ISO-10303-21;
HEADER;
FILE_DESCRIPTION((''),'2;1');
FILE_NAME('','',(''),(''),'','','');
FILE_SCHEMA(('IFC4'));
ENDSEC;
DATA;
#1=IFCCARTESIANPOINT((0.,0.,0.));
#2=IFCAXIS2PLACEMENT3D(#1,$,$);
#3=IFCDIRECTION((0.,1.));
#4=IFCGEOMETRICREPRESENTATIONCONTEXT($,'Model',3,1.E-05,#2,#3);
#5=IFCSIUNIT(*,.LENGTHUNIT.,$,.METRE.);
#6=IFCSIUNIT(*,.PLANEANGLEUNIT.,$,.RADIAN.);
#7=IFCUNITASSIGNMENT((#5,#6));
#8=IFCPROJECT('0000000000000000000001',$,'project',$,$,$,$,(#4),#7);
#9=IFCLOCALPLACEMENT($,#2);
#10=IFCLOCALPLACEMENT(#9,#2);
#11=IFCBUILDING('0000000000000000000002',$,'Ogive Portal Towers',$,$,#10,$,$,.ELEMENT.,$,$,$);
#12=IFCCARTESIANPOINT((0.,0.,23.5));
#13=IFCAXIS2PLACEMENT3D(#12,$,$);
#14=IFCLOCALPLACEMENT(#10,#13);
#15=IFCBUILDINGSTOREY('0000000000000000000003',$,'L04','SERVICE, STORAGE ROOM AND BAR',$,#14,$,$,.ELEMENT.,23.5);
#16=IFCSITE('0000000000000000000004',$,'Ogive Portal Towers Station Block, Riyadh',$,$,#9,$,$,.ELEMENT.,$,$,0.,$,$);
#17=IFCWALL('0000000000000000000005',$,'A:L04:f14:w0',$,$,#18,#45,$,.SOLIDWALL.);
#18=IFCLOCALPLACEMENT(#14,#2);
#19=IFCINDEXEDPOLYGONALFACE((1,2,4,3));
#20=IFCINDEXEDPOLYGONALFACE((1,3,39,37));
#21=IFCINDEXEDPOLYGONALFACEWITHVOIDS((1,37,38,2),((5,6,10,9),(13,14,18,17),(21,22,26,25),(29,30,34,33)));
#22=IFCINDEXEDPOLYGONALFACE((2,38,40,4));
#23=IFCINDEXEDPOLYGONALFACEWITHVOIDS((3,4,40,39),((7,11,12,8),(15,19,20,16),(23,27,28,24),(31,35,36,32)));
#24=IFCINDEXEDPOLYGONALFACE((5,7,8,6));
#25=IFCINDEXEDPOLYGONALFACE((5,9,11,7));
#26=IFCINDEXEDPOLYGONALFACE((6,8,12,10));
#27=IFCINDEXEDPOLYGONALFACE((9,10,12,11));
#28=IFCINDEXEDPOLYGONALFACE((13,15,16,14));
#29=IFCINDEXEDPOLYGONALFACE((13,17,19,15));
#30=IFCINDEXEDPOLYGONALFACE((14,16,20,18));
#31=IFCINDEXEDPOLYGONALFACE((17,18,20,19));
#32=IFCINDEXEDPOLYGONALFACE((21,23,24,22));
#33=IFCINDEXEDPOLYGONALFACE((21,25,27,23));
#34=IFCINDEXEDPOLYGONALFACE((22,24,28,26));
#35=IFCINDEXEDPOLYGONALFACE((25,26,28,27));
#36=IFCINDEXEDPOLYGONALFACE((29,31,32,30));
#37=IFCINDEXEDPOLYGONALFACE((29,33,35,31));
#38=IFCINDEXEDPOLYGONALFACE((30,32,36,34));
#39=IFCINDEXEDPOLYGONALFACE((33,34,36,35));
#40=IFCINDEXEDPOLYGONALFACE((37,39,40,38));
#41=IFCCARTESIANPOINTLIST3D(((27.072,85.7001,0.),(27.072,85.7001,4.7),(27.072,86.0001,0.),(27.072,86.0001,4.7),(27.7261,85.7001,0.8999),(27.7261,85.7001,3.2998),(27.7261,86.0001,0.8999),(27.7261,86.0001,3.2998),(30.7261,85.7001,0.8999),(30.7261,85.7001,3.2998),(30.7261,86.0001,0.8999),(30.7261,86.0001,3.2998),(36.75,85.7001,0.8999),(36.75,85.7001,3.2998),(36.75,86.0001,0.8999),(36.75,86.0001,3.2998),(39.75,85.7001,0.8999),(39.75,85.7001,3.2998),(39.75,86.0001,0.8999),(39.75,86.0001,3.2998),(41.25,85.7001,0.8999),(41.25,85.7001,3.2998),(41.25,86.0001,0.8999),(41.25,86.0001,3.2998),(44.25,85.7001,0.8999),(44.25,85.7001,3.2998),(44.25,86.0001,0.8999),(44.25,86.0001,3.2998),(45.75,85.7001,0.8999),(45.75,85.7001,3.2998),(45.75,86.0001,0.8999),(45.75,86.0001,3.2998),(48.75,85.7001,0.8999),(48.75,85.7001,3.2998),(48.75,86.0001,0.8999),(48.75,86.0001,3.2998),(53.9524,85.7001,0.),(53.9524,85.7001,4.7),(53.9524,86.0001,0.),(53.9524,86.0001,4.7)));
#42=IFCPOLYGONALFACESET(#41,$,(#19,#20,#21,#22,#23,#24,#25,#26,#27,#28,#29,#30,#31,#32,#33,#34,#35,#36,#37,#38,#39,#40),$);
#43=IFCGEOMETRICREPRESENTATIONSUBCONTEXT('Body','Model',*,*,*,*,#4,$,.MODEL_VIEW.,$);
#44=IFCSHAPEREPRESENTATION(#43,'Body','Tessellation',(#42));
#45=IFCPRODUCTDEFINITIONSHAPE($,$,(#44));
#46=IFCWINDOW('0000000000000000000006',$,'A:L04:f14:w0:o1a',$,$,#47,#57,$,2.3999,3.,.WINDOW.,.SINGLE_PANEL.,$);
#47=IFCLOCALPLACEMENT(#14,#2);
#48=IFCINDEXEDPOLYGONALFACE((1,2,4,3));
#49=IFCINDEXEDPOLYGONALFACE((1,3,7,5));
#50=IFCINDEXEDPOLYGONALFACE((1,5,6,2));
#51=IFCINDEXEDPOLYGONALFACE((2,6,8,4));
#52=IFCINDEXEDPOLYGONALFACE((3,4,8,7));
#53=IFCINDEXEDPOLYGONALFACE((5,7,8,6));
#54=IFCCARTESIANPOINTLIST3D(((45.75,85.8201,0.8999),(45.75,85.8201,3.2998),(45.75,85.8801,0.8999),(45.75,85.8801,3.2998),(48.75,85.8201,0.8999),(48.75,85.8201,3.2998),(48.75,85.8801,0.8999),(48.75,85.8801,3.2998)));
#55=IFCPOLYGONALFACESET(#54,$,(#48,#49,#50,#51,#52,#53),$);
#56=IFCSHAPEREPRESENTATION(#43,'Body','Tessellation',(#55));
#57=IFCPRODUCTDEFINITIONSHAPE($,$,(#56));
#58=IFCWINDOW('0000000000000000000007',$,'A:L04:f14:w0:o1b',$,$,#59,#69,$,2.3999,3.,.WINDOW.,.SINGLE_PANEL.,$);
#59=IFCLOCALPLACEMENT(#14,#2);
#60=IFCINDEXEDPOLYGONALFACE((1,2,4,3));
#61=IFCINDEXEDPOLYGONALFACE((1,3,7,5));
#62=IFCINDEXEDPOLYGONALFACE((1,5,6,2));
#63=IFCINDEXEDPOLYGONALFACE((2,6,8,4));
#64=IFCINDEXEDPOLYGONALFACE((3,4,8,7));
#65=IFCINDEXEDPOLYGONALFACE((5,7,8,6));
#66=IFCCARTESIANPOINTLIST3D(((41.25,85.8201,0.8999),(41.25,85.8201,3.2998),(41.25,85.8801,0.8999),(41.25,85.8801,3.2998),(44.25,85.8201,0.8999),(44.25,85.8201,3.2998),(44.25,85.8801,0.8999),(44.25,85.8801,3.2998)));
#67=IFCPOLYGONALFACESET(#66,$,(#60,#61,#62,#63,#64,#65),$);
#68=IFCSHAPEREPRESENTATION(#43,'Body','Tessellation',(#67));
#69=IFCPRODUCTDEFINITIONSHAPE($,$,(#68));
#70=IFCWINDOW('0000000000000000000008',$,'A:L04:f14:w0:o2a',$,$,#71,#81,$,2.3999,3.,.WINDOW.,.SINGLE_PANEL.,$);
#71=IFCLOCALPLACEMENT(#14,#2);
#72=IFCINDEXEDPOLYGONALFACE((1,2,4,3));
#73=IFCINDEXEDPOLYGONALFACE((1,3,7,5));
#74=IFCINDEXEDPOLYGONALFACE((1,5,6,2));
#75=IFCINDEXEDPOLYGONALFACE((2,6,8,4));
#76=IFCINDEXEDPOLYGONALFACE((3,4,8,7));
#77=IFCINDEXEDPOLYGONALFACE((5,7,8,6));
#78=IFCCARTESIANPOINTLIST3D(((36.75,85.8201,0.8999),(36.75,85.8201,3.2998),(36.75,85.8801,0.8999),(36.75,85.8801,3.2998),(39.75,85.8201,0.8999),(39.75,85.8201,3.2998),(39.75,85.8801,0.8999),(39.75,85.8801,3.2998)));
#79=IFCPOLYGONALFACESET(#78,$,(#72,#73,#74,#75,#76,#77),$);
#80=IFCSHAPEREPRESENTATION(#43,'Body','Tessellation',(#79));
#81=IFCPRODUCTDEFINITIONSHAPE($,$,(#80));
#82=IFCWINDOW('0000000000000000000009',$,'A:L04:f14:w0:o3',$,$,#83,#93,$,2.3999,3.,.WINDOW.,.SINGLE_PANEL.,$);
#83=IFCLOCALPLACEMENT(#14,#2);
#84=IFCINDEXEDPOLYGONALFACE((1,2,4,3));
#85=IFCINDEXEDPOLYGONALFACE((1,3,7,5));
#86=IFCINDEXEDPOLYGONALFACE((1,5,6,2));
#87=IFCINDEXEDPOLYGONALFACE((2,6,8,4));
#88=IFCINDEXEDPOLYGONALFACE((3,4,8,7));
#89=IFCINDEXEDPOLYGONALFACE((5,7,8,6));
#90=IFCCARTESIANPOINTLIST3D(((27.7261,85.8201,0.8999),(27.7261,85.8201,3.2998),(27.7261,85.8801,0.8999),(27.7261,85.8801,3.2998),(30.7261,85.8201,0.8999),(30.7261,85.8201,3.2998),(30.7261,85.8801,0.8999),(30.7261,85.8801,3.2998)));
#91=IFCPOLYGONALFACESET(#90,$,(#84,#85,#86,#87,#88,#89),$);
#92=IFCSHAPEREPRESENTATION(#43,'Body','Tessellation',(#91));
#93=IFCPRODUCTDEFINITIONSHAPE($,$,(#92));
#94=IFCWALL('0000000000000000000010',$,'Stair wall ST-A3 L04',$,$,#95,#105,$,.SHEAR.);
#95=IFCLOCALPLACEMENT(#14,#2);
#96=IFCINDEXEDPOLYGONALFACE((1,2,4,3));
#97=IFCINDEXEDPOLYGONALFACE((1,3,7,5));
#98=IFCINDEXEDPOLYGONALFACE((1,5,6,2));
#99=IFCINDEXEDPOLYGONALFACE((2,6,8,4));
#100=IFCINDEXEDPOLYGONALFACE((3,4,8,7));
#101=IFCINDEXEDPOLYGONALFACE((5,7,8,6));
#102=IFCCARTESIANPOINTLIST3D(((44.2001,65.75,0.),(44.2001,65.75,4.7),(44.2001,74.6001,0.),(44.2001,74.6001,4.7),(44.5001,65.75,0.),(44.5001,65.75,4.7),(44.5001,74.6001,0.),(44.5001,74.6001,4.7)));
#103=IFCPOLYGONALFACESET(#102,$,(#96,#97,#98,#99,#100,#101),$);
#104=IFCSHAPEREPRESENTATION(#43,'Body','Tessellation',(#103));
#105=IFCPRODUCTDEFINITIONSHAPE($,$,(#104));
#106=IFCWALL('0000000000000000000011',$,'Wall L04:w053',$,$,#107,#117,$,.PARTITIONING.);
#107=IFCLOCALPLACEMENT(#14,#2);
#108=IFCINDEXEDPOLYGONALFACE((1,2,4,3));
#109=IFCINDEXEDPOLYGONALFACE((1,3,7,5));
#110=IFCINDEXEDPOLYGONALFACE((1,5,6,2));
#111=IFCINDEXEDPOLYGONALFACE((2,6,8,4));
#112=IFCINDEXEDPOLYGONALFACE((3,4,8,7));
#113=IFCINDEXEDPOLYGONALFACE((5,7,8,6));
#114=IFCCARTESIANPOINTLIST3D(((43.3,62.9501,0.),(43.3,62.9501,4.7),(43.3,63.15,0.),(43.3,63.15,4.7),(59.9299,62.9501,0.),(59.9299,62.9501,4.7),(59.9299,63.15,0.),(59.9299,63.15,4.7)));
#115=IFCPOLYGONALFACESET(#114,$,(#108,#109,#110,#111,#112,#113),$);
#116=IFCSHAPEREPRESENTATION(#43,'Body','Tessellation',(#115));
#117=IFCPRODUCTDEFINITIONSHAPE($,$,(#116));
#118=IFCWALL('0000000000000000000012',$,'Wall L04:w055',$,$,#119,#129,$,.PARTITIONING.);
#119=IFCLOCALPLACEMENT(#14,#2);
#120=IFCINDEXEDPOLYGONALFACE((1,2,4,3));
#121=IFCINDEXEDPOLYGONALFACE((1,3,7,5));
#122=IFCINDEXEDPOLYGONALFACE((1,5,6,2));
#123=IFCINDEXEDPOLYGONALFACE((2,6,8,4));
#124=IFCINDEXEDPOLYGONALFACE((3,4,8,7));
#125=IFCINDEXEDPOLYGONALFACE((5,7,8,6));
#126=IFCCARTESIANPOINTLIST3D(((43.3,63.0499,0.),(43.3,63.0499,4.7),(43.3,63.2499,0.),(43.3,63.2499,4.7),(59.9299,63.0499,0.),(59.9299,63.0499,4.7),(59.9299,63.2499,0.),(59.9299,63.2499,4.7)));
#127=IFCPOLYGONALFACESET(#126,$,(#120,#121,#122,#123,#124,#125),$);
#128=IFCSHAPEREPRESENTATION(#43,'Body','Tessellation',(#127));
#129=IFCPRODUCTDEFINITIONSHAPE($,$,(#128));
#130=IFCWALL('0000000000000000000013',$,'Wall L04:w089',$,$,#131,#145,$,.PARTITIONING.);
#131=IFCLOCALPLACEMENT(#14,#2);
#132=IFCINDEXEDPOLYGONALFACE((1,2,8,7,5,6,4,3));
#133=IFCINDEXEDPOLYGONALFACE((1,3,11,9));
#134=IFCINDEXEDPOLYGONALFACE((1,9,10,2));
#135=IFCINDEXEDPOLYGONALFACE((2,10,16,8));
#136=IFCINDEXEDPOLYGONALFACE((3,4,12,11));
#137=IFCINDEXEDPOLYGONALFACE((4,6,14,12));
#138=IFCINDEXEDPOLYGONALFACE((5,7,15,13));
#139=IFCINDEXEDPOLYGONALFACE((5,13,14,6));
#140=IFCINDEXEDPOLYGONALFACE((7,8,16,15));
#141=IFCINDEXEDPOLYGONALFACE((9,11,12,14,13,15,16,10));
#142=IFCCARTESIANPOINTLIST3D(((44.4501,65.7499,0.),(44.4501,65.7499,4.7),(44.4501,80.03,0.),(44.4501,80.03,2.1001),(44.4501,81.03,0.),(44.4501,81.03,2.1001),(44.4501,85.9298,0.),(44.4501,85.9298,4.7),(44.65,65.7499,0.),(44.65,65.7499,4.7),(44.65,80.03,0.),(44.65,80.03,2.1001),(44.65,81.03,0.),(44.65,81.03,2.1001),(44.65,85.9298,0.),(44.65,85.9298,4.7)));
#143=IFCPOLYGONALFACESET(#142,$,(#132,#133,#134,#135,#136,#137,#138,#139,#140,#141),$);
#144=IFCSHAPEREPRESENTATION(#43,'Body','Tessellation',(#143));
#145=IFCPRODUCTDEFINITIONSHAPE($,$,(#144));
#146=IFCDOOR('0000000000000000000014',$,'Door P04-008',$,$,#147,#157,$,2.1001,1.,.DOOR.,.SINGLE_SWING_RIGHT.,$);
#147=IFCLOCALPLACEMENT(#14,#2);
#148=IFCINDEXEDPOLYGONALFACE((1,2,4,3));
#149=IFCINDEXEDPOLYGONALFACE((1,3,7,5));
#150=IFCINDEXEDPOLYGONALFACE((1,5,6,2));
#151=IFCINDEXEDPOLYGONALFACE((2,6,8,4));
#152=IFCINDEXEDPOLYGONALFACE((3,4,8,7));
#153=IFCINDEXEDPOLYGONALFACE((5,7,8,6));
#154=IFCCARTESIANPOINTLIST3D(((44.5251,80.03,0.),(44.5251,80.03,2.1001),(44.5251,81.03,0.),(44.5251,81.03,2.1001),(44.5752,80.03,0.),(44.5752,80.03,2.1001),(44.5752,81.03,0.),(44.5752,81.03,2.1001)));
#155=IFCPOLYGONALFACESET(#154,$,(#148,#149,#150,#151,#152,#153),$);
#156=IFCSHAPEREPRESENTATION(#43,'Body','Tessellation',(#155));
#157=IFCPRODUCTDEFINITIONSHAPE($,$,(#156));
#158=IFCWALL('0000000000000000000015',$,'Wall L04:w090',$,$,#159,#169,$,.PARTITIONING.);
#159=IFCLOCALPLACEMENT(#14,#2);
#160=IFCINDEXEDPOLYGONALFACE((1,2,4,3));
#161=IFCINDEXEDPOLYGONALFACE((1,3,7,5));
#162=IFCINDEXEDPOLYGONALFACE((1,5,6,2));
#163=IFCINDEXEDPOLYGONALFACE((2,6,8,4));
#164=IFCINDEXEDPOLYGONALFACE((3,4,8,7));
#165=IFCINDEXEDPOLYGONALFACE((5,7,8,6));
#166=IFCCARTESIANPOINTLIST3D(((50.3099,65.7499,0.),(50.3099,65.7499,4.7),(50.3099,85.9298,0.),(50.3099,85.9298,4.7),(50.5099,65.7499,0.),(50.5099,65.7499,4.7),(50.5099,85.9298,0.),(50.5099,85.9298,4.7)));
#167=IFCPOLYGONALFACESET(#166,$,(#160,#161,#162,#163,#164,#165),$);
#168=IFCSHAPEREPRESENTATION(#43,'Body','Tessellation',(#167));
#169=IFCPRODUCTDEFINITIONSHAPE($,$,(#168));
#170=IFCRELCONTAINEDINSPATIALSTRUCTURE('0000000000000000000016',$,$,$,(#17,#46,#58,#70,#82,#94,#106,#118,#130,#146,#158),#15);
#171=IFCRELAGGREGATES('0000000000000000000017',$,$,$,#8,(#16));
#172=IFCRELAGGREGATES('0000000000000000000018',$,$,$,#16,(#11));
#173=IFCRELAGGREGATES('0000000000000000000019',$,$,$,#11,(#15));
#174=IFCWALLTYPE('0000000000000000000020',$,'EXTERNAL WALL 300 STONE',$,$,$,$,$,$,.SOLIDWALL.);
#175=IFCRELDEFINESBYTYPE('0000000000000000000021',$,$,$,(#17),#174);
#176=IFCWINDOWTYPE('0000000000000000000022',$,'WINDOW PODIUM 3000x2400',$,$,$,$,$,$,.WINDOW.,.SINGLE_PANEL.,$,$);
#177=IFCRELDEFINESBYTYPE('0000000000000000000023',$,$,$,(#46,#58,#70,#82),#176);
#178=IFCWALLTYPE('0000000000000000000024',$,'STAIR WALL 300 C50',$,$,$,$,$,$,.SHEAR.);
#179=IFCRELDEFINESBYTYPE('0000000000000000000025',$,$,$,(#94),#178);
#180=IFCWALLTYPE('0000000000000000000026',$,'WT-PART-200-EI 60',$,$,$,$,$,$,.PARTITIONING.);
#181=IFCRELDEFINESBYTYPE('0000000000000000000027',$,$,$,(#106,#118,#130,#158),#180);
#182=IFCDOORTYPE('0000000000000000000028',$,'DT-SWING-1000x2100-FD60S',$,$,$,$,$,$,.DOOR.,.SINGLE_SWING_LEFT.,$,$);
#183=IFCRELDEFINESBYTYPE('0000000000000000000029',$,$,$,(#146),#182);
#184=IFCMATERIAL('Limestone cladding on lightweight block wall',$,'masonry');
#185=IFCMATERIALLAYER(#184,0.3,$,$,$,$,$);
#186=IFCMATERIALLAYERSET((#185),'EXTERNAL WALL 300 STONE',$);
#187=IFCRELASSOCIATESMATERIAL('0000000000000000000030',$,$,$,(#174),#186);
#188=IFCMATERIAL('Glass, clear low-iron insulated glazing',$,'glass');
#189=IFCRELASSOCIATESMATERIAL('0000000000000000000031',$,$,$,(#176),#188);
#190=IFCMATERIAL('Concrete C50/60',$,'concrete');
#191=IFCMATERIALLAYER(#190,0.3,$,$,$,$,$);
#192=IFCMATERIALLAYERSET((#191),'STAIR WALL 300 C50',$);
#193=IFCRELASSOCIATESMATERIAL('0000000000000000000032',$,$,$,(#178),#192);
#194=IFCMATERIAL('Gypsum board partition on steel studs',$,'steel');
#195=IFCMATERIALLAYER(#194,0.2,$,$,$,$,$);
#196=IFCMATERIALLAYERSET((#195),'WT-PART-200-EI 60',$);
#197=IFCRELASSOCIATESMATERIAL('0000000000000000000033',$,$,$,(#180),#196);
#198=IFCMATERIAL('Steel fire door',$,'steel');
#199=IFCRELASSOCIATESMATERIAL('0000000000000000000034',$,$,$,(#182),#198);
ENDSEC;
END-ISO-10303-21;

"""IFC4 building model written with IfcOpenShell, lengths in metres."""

from ifc_helpers import new_model, si_unit, direction, frame, frame_2d, origin, place, context, subcontext, project, spatial, rectangle, extrude, material, layer, layer_set, type_object, element, fill, save


model = new_model("IFC4")

# Units and contexts
model_context = context("Model", 3, precision=1e-05, world=origin(), true_north=direction((0.0, 1.0)))
body_context = subcontext(model_context, "Body", "Model", "MODEL_VIEW")
ifc_project = project(units=[si_unit("LENGTHUNIT", "METRE"), si_unit("PLANEANGLEUNIT", "RADIAN")], contexts=[model_context])

# Site, building, storey
site_placement = place(None, origin())
site = spatial("IfcSite", under=ifc_project, at=site_placement, Name="Ogive Portal Towers Station Block, Riyadh", CompositionType="ELEMENT", RefElevation=0.0)
building_placement = place(site_placement, origin())
building = spatial("IfcBuilding", under=site, at=building_placement, Name="Ogive Portal Towers", CompositionType="ELEMENT")
storey_placement = place(building_placement, frame((0.0, 0.0, 23.5)))
storey = spatial("IfcBuildingStorey", under=building, at=storey_placement, Name="L04", Description="SERVICE, STORAGE ROOM AND BAR", CompositionType="ELEMENT", Elevation=23.5)

# Shared definitions
ifc_material_1 = material(Name="Concrete C50/60", Category="concrete")

# Shared definitions
ifc_material_2 = material(Name="Limestone cladding on lightweight block wall", Category="masonry")
ifc_layer_1 = layer(ifc_material_2, 0.3)
ifc_layer_set_1 = layer_set([ifc_layer_1], Name="EXTERNAL WALL 300 STONE")
wall_type_1 = type_object("IfcWallType", Name="EXTERNAL WALL 300 STONE", PredefinedType="SOLIDWALL", material=ifc_layer_set_1)

# Wall, openings, windows
wall_1_placement = place(storey_placement, frame((53.9524, 85.8501, 0.0), z_axis=(0.0, 0.0, 1.0), x_axis=(-1.0, 0.0, 0.0)))
wall_1 = element("IfcWall", 1, at=wall_1_placement, inside=storey, type_object=wall_type_1, Name="A:L04:f14:w0", PredefinedType="SOLIDWALL", context=body_context, shape_type="SweptSolid", body=[
    extrude(rectangle(XDim=26.8804, YDim=0.3, at=frame_2d((13.4402, 0.0))), origin(), (0.0, 0.0, 1.0), 4.7),
])
opening_1_placement = place(wall_1_placement, frame((5.2024, 0.0, 0.8999)))
opening_1 = element("IfcOpeningElement", 2, at=opening_1_placement, cuts=wall_1, PredefinedType="OPENING", context=body_context, shape_type="SweptSolid", body=[
    extrude(rectangle(XDim=3.0, YDim=2.3999, at=frame_2d((1.5, 1.2))), frame((0.0, 0.1602, 0.0), z_axis=(0.0, -1.0, 0.0), x_axis=(1.0, 0.0, 0.0)), (0.0, 0.0, 1.0), 0.3201),
])
opening_2_placement = place(wall_1_placement, frame((9.7024, 0.0, 0.8999)))
opening_2 = element("IfcOpeningElement", 3, at=opening_2_placement, cuts=wall_1, PredefinedType="OPENING", context=body_context, shape_type="SweptSolid", body=[
    extrude(rectangle(XDim=3.0, YDim=2.3999, at=frame_2d((1.5, 1.2))), frame((0.0, 0.1602, 0.0), z_axis=(0.0, -1.0, 0.0), x_axis=(1.0, 0.0, 0.0)), (0.0, 0.0, 1.0), 0.3201),
])
opening_3_placement = place(wall_1_placement, frame((14.2024, 0.0, 0.8999)))
opening_3 = element("IfcOpeningElement", 4, at=opening_3_placement, cuts=wall_1, PredefinedType="OPENING", context=body_context, shape_type="SweptSolid", body=[
    extrude(rectangle(XDim=3.0, YDim=2.3999, at=frame_2d((1.5, 1.2))), frame((0.0, 0.1602, 0.0), z_axis=(0.0, -1.0, 0.0), x_axis=(1.0, 0.0, 0.0)), (0.0, 0.0, 1.0), 0.3201),
])
opening_4_placement = place(wall_1_placement, frame((23.2263, 0.0, 0.8999)))
opening_4 = element("IfcOpeningElement", 5, at=opening_4_placement, cuts=wall_1, PredefinedType="OPENING", context=body_context, shape_type="SweptSolid", body=[
    extrude(rectangle(XDim=3.0, YDim=2.3999, at=frame_2d((1.5, 1.2))), frame((0.0, 0.1602, 0.0), z_axis=(0.0, -1.0, 0.0), x_axis=(1.0, 0.0, 0.0)), (0.0, 0.0, 1.0), 0.3201),
])
ifc_material_3 = material(Name="Glass, clear low-iron insulated glazing", Category="glass")
window_type = type_object("IfcWindowType", Name="WINDOW PODIUM 3000x2400", PartitioningType="SINGLE_PANEL", PredefinedType="WINDOW", material=ifc_material_3)
window_1_placement = place(opening_1_placement, origin())
window_1 = element("IfcWindow", 6, at=window_1_placement, inside=storey, type_object=window_type, Name="A:L04:f14:w0:o1a", OverallHeight=2.3999, OverallWidth=3.0, PartitioningType="SINGLE_PANEL", PredefinedType="WINDOW", context=body_context, shape_type="SweptSolid", body=[
    extrude(rectangle(XDim=3.0, YDim=2.3999, at=frame_2d((1.5, 1.2))), frame((0.0, 0.03, 0.0), z_axis=(0.0, -1.0, 0.0), x_axis=(1.0, 0.0, 0.0)), (0.0, 0.0, 1.0), 0.0601),
])
fill(opening_1, window_1)
window_2_placement = place(opening_2_placement, origin())
window_2 = element("IfcWindow", 7, at=window_2_placement, inside=storey, type_object=window_type, Name="A:L04:f14:w0:o1b", OverallHeight=2.3999, OverallWidth=3.0, PartitioningType="SINGLE_PANEL", PredefinedType="WINDOW", context=body_context, shape_type="SweptSolid", body=[
    extrude(rectangle(XDim=3.0, YDim=2.3999, at=frame_2d((1.5, 1.2))), frame((0.0, 0.03, 0.0), z_axis=(0.0, -1.0, 0.0), x_axis=(1.0, 0.0, 0.0)), (0.0, 0.0, 1.0), 0.0601),
])
fill(opening_2, window_2)
window_3_placement = place(opening_3_placement, origin())
window_3 = element("IfcWindow", 8, at=window_3_placement, inside=storey, type_object=window_type, Name="A:L04:f14:w0:o2a", OverallHeight=2.3999, OverallWidth=3.0, PartitioningType="SINGLE_PANEL", PredefinedType="WINDOW", context=body_context, shape_type="SweptSolid", body=[
    extrude(rectangle(XDim=3.0, YDim=2.3999, at=frame_2d((1.5, 1.2))), frame((0.0, 0.03, 0.0), z_axis=(0.0, -1.0, 0.0), x_axis=(1.0, 0.0, 0.0)), (0.0, 0.0, 1.0), 0.0601),
])
fill(opening_3, window_3)
window_4_placement = place(opening_4_placement, origin())
window_4 = element("IfcWindow", 9, at=window_4_placement, inside=storey, type_object=window_type, Name="A:L04:f14:w0:o3", OverallHeight=2.3999, OverallWidth=3.0, PartitioningType="SINGLE_PANEL", PredefinedType="WINDOW", context=body_context, shape_type="SweptSolid", body=[
    extrude(rectangle(XDim=3.0, YDim=2.3999, at=frame_2d((1.5, 1.2))), frame((0.0, 0.03, 0.0), z_axis=(0.0, -1.0, 0.0), x_axis=(1.0, 0.0, 0.0)), (0.0, 0.0, 1.0), 0.0601),
])
fill(opening_4, window_4)

# Walls
ifc_layer_2 = layer(ifc_material_1, 0.3)
ifc_layer_set_2 = layer_set([ifc_layer_2], Name="STAIR WALL 300 C50")
wall_type_2 = type_object("IfcWallType", Name="STAIR WALL 300 C50", PredefinedType="SHEAR", material=ifc_layer_set_2)
wall_2_placement = place(storey_placement, frame((44.3501, 65.75, 0.0), z_axis=(0.0, 0.0, 1.0), x_axis=(0.0, 1.0, 0.0)))
element("IfcWall", 10, at=wall_2_placement, inside=storey, type_object=wall_type_2, Name="Stair wall ST-A3 L04", PredefinedType="SHEAR", context=body_context, shape_type="SweptSolid", body=[
    extrude(rectangle(XDim=8.8501, YDim=0.3, at=frame_2d((4.425, 0.0))), origin(), (0.0, 0.0, 1.0), 4.7),
])
ifc_material_4 = material(Name="Gypsum board partition on steel studs", Category="steel")
ifc_layer_3 = layer(ifc_material_4, 0.2)
ifc_layer_set_3 = layer_set([ifc_layer_3], Name="WT-PART-200-EI 60")
wall_type_3 = type_object("IfcWallType", Name="WT-PART-200-EI 60", PredefinedType="PARTITIONING", material=ifc_layer_set_3)
for number, where, z_axis, x_axis, name in (
    (11, (43.3, 63.05, 0.0), (0.0, 0.0, 1.0), (1.0, 0.0, 0.0), "Wall L04:w053"),
    (12, (43.3, 63.1499, 0.0), (0.0, 0.0, 1.0), (1.0, 0.0, 0.0), "Wall L04:w055"),
):
    element("IfcWall", number, at=place(storey_placement, frame(where, z_axis=z_axis, x_axis=x_axis)), inside=storey, type_object=wall_type_3, Name=name, PredefinedType="PARTITIONING", context=body_context, shape_type="SweptSolid", body=[
        extrude(rectangle(XDim=16.6299, YDim=0.2, at=frame_2d((8.3149, 0.0))), origin(), (0.0, 0.0, 1.0), 4.7),
    ])

# Wall, opening, door
wall_3_placement = place(storey_placement, frame((44.55, 65.75, 0.0), z_axis=(0.0, 0.0, 1.0), x_axis=(0.0, 1.0, 0.0)))
wall_3 = element("IfcWall", 13, at=wall_3_placement, inside=storey, type_object=wall_type_3, Name="Wall L04:w089", PredefinedType="PARTITIONING", context=body_context, shape_type="SweptSolid", body=[
    extrude(rectangle(XDim=20.1799, YDim=0.2, at=frame_2d((10.0898, 0.0))), origin(), (0.0, 0.0, 1.0), 4.7),
])
opening_5_placement = place(wall_3_placement, frame((14.28, 0.0, 0.0)))
opening_5 = element("IfcOpeningElement", 14, at=opening_5_placement, cuts=wall_3, PredefinedType="OPENING", context=body_context, shape_type="SweptSolid", body=[
    extrude(rectangle(XDim=1.0, YDim=2.1001, at=frame_2d((0.5, 1.05))), frame((0.0, 0.1099, 0.0), z_axis=(0.0, -1.0, 0.0), x_axis=(1.0, 0.0, 0.0)), (0.0, 0.0, 1.0), 0.22),
])
ifc_material_5 = material(Name="Steel fire door", Category="steel")
door_type = type_object("IfcDoorType", Name="DT-SWING-1000x2100-FD60S", OperationType="SINGLE_SWING_LEFT", PredefinedType="DOOR", material=ifc_material_5)
door_placement = place(opening_5_placement, origin())
door = element("IfcDoor", 15, at=door_placement, inside=storey, type_object=door_type, Name="Door P04-008", OperationType="SINGLE_SWING_RIGHT", OverallHeight=2.1001, OverallWidth=1.0, PredefinedType="DOOR", context=body_context, shape_type="SweptSolid", body=[
    extrude(rectangle(XDim=1.0, YDim=2.1001, at=frame_2d((0.5, 1.05))), frame((0.0, 0.0249, 0.0), z_axis=(0.0, -1.0, 0.0), x_axis=(1.0, 0.0, 0.0)), (0.0, 0.0, 1.0), 0.05),
])
fill(opening_5, door)

# Wall
wall_4_placement = place(storey_placement, frame((50.4099, 65.75, 0.0), z_axis=(0.0, 0.0, 1.0), x_axis=(0.0, 1.0, 0.0)))
element("IfcWall", 16, at=wall_4_placement, inside=storey, type_object=wall_type_3, Name="Wall L04:w090", PredefinedType="PARTITIONING", context=body_context, shape_type="SweptSolid", body=[
    extrude(rectangle(XDim=20.1799, YDim=0.2, at=frame_2d((10.0898, 0.0))), origin(), (0.0, 0.0, 1.0), 4.7),
])

save(model, "model.ifc")
